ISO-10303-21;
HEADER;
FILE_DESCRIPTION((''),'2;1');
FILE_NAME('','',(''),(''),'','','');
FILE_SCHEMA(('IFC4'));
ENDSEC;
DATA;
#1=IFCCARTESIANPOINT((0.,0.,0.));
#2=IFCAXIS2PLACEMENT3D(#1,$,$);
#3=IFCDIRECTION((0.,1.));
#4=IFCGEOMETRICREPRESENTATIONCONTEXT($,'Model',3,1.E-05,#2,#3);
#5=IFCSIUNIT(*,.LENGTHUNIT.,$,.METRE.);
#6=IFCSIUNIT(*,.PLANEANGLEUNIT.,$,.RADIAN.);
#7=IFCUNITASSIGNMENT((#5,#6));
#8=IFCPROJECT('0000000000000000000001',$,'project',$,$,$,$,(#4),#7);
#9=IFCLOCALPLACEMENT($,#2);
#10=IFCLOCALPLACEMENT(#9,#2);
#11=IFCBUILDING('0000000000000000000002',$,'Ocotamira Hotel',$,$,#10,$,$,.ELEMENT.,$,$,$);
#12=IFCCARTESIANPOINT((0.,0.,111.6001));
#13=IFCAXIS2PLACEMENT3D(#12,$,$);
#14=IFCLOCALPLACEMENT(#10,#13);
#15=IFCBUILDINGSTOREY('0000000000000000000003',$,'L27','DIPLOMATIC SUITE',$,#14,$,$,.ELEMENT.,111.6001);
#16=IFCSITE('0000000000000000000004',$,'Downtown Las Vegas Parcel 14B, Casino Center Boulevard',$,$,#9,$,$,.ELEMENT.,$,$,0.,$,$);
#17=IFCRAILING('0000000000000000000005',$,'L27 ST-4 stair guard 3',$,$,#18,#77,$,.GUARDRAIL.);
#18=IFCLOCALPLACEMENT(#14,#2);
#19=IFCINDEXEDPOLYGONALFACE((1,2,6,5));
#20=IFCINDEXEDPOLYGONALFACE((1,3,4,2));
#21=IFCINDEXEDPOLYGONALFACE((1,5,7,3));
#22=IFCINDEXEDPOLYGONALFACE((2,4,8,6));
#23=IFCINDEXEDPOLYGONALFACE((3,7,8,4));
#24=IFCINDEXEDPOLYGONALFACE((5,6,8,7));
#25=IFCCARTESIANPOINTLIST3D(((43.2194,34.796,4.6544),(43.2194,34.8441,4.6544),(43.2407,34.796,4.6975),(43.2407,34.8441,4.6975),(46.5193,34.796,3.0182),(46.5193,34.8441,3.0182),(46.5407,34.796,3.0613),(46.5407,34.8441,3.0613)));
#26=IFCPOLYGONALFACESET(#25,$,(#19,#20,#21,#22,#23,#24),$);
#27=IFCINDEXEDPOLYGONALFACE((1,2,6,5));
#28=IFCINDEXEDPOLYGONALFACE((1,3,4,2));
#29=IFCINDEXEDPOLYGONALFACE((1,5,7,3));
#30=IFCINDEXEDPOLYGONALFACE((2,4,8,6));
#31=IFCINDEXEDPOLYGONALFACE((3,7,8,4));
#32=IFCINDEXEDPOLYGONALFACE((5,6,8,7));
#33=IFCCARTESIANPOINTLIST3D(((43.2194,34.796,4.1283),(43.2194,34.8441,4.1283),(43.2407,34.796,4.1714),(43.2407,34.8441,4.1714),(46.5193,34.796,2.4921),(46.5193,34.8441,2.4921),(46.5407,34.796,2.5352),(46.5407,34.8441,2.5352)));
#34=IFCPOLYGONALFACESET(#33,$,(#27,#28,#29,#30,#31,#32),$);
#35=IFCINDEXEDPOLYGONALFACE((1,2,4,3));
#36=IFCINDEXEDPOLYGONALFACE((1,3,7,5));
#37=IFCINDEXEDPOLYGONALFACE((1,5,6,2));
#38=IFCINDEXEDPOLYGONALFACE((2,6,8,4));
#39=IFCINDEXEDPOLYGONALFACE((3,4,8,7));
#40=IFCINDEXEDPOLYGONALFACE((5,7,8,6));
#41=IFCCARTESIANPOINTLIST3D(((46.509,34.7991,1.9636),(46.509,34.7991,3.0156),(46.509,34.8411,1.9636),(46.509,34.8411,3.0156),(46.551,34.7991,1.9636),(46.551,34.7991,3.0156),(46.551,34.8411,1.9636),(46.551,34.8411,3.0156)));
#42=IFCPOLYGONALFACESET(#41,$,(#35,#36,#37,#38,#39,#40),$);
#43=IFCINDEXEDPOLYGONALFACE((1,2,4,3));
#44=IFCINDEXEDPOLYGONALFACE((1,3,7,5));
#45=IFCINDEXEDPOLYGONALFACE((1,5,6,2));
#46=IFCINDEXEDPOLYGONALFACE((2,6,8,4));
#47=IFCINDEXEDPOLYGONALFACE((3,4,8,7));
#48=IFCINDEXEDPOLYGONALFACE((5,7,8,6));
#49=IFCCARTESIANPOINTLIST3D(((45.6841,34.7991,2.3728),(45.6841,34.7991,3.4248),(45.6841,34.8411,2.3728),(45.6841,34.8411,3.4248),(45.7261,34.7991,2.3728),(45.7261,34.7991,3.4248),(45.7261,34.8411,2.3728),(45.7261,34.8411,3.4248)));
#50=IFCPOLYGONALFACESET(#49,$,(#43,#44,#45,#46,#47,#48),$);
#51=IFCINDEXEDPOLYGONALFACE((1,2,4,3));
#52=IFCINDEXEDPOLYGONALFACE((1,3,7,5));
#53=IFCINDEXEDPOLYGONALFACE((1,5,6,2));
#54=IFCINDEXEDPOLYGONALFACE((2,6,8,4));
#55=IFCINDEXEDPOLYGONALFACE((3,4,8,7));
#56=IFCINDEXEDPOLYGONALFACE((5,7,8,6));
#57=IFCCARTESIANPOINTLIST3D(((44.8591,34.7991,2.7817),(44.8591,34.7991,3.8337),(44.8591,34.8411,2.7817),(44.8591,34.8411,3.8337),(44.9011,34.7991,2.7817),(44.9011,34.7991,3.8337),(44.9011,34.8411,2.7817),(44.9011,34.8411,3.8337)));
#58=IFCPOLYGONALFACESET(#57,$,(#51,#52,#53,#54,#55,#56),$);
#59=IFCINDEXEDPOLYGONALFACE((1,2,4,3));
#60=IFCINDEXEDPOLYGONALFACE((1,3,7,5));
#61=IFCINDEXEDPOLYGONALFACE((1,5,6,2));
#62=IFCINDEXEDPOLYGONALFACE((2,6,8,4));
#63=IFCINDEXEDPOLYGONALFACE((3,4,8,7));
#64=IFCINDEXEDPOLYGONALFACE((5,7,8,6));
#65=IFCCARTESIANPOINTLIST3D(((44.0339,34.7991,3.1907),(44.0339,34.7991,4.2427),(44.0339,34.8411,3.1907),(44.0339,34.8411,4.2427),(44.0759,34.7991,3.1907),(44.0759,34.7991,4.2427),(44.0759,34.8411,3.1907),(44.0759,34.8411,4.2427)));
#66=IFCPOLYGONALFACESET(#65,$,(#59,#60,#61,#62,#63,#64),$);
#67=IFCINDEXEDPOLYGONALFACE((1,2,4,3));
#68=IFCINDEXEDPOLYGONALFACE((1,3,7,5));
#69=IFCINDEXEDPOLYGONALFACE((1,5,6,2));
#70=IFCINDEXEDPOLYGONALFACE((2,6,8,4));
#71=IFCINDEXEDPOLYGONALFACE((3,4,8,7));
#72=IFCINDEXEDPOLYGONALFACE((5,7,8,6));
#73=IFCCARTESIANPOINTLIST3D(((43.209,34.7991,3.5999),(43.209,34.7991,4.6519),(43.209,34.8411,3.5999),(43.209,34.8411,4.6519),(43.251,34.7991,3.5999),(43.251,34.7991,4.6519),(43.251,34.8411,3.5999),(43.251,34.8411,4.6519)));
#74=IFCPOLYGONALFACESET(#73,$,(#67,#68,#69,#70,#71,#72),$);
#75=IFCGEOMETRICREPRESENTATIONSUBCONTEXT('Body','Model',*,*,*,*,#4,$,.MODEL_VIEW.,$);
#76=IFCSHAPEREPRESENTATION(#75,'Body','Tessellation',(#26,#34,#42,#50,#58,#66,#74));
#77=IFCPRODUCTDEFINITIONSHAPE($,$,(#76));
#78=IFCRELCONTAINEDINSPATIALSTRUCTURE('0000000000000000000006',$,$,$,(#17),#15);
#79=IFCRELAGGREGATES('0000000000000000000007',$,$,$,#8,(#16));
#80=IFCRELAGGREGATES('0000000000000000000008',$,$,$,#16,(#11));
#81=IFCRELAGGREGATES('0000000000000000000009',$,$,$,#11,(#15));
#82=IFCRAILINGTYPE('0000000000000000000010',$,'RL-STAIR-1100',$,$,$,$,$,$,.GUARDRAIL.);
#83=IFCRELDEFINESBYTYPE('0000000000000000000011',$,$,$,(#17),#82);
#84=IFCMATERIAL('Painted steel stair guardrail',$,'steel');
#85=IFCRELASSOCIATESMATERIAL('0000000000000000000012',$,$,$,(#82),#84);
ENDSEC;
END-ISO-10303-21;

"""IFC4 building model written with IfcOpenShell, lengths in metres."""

from ifc_helpers import new_model, si_unit, direction, frame, origin, origin_2d, place, context, subcontext, project, spatial, rectangle, extrude, material, type_object, element, save


model = new_model("IFC4")

# Units and contexts
model_context = context("Model", 3, precision=1e-05, world=origin(), true_north=direction((0.0, 1.0)))
body_context = subcontext(model_context, "Body", "Model", "MODEL_VIEW")
ifc_project = project(units=[si_unit("LENGTHUNIT", "METRE"), si_unit("PLANEANGLEUNIT", "RADIAN")], contexts=[model_context])

# Site, building, storey
site_placement = place(None, origin())
site = spatial("IfcSite", under=ifc_project, at=site_placement, Name="Downtown Las Vegas Parcel 14B, Casino Center Boulevard", CompositionType="ELEMENT", RefElevation=0.0)
building_placement = place(site_placement, origin())
building = spatial("IfcBuilding", under=site, at=building_placement, Name="Ocotamira Hotel", CompositionType="ELEMENT")
storey_placement = place(building_placement, frame((0.0, 0.0, 111.6001)))
storey = spatial("IfcBuildingStorey", under=building, at=storey_placement, Name="L27", Description="DIPLOMATIC SUITE", CompositionType="ELEMENT", Elevation=111.6001)

# Railing
ifc_material_1 = material(Name="Painted steel stair guardrail", Category="steel")
railing_type_1 = type_object("IfcRailingType", Name="RL-STAIR-1100", PredefinedType="GUARDRAIL", material=ifc_material_1)
railing_1_placement = place(storey_placement, frame((46.53, 34.8201, 1.9636)))
element("IfcRailing", 1, at=railing_1_placement, inside=storey, type_object=railing_type_1, Name="L27 ST-4 stair guard 3", PredefinedType="GUARDRAIL", context=body_context, shape_type="SweptSolid", body=[
    extrude(rectangle(XDim=0.0481, YDim=0.0481, at=origin_2d()), frame((0.0, 0.0, 1.0762), z_axis=(-0.89592, 0.0, 0.444215), x_axis=(0.0, -1.0, 0.0)), (0.0, 0.0, 1.0), 3.6833),
    extrude(rectangle(XDim=0.0481, YDim=0.0481, at=origin_2d()), frame((0.0, 0.0, 0.55), z_axis=(-0.89592, 0.0, 0.444215), x_axis=(0.0, -1.0, 0.0)), (0.0, 0.0, 1.0), 3.6833),
    extrude(rectangle(XDim=0.042, YDim=0.042, at=origin_2d()), origin(), (0.0, 0.0, 1.0), 1.052),
    extrude(rectangle(XDim=0.042, YDim=0.042, at=origin_2d()), frame((-0.825, 0.0, 0.4092)), (0.0, 0.0, 1.0), 1.052),
    extrude(rectangle(XDim=0.042, YDim=0.042, at=origin_2d()), frame((-1.6499, 0.0, 0.8181)), (0.0, 0.0, 1.0), 1.052),
    extrude(rectangle(XDim=0.042, YDim=0.042, at=origin_2d()), frame((-2.4751, 0.0, 1.2271)), (0.0, 0.0, 1.0), 1.052),
    extrude(rectangle(XDim=0.042, YDim=0.042, at=origin_2d()), frame((-3.3, 0.0, 1.6362)), (0.0, 0.0, 1.0), 1.052),
])

save(model, "model.ifc")
